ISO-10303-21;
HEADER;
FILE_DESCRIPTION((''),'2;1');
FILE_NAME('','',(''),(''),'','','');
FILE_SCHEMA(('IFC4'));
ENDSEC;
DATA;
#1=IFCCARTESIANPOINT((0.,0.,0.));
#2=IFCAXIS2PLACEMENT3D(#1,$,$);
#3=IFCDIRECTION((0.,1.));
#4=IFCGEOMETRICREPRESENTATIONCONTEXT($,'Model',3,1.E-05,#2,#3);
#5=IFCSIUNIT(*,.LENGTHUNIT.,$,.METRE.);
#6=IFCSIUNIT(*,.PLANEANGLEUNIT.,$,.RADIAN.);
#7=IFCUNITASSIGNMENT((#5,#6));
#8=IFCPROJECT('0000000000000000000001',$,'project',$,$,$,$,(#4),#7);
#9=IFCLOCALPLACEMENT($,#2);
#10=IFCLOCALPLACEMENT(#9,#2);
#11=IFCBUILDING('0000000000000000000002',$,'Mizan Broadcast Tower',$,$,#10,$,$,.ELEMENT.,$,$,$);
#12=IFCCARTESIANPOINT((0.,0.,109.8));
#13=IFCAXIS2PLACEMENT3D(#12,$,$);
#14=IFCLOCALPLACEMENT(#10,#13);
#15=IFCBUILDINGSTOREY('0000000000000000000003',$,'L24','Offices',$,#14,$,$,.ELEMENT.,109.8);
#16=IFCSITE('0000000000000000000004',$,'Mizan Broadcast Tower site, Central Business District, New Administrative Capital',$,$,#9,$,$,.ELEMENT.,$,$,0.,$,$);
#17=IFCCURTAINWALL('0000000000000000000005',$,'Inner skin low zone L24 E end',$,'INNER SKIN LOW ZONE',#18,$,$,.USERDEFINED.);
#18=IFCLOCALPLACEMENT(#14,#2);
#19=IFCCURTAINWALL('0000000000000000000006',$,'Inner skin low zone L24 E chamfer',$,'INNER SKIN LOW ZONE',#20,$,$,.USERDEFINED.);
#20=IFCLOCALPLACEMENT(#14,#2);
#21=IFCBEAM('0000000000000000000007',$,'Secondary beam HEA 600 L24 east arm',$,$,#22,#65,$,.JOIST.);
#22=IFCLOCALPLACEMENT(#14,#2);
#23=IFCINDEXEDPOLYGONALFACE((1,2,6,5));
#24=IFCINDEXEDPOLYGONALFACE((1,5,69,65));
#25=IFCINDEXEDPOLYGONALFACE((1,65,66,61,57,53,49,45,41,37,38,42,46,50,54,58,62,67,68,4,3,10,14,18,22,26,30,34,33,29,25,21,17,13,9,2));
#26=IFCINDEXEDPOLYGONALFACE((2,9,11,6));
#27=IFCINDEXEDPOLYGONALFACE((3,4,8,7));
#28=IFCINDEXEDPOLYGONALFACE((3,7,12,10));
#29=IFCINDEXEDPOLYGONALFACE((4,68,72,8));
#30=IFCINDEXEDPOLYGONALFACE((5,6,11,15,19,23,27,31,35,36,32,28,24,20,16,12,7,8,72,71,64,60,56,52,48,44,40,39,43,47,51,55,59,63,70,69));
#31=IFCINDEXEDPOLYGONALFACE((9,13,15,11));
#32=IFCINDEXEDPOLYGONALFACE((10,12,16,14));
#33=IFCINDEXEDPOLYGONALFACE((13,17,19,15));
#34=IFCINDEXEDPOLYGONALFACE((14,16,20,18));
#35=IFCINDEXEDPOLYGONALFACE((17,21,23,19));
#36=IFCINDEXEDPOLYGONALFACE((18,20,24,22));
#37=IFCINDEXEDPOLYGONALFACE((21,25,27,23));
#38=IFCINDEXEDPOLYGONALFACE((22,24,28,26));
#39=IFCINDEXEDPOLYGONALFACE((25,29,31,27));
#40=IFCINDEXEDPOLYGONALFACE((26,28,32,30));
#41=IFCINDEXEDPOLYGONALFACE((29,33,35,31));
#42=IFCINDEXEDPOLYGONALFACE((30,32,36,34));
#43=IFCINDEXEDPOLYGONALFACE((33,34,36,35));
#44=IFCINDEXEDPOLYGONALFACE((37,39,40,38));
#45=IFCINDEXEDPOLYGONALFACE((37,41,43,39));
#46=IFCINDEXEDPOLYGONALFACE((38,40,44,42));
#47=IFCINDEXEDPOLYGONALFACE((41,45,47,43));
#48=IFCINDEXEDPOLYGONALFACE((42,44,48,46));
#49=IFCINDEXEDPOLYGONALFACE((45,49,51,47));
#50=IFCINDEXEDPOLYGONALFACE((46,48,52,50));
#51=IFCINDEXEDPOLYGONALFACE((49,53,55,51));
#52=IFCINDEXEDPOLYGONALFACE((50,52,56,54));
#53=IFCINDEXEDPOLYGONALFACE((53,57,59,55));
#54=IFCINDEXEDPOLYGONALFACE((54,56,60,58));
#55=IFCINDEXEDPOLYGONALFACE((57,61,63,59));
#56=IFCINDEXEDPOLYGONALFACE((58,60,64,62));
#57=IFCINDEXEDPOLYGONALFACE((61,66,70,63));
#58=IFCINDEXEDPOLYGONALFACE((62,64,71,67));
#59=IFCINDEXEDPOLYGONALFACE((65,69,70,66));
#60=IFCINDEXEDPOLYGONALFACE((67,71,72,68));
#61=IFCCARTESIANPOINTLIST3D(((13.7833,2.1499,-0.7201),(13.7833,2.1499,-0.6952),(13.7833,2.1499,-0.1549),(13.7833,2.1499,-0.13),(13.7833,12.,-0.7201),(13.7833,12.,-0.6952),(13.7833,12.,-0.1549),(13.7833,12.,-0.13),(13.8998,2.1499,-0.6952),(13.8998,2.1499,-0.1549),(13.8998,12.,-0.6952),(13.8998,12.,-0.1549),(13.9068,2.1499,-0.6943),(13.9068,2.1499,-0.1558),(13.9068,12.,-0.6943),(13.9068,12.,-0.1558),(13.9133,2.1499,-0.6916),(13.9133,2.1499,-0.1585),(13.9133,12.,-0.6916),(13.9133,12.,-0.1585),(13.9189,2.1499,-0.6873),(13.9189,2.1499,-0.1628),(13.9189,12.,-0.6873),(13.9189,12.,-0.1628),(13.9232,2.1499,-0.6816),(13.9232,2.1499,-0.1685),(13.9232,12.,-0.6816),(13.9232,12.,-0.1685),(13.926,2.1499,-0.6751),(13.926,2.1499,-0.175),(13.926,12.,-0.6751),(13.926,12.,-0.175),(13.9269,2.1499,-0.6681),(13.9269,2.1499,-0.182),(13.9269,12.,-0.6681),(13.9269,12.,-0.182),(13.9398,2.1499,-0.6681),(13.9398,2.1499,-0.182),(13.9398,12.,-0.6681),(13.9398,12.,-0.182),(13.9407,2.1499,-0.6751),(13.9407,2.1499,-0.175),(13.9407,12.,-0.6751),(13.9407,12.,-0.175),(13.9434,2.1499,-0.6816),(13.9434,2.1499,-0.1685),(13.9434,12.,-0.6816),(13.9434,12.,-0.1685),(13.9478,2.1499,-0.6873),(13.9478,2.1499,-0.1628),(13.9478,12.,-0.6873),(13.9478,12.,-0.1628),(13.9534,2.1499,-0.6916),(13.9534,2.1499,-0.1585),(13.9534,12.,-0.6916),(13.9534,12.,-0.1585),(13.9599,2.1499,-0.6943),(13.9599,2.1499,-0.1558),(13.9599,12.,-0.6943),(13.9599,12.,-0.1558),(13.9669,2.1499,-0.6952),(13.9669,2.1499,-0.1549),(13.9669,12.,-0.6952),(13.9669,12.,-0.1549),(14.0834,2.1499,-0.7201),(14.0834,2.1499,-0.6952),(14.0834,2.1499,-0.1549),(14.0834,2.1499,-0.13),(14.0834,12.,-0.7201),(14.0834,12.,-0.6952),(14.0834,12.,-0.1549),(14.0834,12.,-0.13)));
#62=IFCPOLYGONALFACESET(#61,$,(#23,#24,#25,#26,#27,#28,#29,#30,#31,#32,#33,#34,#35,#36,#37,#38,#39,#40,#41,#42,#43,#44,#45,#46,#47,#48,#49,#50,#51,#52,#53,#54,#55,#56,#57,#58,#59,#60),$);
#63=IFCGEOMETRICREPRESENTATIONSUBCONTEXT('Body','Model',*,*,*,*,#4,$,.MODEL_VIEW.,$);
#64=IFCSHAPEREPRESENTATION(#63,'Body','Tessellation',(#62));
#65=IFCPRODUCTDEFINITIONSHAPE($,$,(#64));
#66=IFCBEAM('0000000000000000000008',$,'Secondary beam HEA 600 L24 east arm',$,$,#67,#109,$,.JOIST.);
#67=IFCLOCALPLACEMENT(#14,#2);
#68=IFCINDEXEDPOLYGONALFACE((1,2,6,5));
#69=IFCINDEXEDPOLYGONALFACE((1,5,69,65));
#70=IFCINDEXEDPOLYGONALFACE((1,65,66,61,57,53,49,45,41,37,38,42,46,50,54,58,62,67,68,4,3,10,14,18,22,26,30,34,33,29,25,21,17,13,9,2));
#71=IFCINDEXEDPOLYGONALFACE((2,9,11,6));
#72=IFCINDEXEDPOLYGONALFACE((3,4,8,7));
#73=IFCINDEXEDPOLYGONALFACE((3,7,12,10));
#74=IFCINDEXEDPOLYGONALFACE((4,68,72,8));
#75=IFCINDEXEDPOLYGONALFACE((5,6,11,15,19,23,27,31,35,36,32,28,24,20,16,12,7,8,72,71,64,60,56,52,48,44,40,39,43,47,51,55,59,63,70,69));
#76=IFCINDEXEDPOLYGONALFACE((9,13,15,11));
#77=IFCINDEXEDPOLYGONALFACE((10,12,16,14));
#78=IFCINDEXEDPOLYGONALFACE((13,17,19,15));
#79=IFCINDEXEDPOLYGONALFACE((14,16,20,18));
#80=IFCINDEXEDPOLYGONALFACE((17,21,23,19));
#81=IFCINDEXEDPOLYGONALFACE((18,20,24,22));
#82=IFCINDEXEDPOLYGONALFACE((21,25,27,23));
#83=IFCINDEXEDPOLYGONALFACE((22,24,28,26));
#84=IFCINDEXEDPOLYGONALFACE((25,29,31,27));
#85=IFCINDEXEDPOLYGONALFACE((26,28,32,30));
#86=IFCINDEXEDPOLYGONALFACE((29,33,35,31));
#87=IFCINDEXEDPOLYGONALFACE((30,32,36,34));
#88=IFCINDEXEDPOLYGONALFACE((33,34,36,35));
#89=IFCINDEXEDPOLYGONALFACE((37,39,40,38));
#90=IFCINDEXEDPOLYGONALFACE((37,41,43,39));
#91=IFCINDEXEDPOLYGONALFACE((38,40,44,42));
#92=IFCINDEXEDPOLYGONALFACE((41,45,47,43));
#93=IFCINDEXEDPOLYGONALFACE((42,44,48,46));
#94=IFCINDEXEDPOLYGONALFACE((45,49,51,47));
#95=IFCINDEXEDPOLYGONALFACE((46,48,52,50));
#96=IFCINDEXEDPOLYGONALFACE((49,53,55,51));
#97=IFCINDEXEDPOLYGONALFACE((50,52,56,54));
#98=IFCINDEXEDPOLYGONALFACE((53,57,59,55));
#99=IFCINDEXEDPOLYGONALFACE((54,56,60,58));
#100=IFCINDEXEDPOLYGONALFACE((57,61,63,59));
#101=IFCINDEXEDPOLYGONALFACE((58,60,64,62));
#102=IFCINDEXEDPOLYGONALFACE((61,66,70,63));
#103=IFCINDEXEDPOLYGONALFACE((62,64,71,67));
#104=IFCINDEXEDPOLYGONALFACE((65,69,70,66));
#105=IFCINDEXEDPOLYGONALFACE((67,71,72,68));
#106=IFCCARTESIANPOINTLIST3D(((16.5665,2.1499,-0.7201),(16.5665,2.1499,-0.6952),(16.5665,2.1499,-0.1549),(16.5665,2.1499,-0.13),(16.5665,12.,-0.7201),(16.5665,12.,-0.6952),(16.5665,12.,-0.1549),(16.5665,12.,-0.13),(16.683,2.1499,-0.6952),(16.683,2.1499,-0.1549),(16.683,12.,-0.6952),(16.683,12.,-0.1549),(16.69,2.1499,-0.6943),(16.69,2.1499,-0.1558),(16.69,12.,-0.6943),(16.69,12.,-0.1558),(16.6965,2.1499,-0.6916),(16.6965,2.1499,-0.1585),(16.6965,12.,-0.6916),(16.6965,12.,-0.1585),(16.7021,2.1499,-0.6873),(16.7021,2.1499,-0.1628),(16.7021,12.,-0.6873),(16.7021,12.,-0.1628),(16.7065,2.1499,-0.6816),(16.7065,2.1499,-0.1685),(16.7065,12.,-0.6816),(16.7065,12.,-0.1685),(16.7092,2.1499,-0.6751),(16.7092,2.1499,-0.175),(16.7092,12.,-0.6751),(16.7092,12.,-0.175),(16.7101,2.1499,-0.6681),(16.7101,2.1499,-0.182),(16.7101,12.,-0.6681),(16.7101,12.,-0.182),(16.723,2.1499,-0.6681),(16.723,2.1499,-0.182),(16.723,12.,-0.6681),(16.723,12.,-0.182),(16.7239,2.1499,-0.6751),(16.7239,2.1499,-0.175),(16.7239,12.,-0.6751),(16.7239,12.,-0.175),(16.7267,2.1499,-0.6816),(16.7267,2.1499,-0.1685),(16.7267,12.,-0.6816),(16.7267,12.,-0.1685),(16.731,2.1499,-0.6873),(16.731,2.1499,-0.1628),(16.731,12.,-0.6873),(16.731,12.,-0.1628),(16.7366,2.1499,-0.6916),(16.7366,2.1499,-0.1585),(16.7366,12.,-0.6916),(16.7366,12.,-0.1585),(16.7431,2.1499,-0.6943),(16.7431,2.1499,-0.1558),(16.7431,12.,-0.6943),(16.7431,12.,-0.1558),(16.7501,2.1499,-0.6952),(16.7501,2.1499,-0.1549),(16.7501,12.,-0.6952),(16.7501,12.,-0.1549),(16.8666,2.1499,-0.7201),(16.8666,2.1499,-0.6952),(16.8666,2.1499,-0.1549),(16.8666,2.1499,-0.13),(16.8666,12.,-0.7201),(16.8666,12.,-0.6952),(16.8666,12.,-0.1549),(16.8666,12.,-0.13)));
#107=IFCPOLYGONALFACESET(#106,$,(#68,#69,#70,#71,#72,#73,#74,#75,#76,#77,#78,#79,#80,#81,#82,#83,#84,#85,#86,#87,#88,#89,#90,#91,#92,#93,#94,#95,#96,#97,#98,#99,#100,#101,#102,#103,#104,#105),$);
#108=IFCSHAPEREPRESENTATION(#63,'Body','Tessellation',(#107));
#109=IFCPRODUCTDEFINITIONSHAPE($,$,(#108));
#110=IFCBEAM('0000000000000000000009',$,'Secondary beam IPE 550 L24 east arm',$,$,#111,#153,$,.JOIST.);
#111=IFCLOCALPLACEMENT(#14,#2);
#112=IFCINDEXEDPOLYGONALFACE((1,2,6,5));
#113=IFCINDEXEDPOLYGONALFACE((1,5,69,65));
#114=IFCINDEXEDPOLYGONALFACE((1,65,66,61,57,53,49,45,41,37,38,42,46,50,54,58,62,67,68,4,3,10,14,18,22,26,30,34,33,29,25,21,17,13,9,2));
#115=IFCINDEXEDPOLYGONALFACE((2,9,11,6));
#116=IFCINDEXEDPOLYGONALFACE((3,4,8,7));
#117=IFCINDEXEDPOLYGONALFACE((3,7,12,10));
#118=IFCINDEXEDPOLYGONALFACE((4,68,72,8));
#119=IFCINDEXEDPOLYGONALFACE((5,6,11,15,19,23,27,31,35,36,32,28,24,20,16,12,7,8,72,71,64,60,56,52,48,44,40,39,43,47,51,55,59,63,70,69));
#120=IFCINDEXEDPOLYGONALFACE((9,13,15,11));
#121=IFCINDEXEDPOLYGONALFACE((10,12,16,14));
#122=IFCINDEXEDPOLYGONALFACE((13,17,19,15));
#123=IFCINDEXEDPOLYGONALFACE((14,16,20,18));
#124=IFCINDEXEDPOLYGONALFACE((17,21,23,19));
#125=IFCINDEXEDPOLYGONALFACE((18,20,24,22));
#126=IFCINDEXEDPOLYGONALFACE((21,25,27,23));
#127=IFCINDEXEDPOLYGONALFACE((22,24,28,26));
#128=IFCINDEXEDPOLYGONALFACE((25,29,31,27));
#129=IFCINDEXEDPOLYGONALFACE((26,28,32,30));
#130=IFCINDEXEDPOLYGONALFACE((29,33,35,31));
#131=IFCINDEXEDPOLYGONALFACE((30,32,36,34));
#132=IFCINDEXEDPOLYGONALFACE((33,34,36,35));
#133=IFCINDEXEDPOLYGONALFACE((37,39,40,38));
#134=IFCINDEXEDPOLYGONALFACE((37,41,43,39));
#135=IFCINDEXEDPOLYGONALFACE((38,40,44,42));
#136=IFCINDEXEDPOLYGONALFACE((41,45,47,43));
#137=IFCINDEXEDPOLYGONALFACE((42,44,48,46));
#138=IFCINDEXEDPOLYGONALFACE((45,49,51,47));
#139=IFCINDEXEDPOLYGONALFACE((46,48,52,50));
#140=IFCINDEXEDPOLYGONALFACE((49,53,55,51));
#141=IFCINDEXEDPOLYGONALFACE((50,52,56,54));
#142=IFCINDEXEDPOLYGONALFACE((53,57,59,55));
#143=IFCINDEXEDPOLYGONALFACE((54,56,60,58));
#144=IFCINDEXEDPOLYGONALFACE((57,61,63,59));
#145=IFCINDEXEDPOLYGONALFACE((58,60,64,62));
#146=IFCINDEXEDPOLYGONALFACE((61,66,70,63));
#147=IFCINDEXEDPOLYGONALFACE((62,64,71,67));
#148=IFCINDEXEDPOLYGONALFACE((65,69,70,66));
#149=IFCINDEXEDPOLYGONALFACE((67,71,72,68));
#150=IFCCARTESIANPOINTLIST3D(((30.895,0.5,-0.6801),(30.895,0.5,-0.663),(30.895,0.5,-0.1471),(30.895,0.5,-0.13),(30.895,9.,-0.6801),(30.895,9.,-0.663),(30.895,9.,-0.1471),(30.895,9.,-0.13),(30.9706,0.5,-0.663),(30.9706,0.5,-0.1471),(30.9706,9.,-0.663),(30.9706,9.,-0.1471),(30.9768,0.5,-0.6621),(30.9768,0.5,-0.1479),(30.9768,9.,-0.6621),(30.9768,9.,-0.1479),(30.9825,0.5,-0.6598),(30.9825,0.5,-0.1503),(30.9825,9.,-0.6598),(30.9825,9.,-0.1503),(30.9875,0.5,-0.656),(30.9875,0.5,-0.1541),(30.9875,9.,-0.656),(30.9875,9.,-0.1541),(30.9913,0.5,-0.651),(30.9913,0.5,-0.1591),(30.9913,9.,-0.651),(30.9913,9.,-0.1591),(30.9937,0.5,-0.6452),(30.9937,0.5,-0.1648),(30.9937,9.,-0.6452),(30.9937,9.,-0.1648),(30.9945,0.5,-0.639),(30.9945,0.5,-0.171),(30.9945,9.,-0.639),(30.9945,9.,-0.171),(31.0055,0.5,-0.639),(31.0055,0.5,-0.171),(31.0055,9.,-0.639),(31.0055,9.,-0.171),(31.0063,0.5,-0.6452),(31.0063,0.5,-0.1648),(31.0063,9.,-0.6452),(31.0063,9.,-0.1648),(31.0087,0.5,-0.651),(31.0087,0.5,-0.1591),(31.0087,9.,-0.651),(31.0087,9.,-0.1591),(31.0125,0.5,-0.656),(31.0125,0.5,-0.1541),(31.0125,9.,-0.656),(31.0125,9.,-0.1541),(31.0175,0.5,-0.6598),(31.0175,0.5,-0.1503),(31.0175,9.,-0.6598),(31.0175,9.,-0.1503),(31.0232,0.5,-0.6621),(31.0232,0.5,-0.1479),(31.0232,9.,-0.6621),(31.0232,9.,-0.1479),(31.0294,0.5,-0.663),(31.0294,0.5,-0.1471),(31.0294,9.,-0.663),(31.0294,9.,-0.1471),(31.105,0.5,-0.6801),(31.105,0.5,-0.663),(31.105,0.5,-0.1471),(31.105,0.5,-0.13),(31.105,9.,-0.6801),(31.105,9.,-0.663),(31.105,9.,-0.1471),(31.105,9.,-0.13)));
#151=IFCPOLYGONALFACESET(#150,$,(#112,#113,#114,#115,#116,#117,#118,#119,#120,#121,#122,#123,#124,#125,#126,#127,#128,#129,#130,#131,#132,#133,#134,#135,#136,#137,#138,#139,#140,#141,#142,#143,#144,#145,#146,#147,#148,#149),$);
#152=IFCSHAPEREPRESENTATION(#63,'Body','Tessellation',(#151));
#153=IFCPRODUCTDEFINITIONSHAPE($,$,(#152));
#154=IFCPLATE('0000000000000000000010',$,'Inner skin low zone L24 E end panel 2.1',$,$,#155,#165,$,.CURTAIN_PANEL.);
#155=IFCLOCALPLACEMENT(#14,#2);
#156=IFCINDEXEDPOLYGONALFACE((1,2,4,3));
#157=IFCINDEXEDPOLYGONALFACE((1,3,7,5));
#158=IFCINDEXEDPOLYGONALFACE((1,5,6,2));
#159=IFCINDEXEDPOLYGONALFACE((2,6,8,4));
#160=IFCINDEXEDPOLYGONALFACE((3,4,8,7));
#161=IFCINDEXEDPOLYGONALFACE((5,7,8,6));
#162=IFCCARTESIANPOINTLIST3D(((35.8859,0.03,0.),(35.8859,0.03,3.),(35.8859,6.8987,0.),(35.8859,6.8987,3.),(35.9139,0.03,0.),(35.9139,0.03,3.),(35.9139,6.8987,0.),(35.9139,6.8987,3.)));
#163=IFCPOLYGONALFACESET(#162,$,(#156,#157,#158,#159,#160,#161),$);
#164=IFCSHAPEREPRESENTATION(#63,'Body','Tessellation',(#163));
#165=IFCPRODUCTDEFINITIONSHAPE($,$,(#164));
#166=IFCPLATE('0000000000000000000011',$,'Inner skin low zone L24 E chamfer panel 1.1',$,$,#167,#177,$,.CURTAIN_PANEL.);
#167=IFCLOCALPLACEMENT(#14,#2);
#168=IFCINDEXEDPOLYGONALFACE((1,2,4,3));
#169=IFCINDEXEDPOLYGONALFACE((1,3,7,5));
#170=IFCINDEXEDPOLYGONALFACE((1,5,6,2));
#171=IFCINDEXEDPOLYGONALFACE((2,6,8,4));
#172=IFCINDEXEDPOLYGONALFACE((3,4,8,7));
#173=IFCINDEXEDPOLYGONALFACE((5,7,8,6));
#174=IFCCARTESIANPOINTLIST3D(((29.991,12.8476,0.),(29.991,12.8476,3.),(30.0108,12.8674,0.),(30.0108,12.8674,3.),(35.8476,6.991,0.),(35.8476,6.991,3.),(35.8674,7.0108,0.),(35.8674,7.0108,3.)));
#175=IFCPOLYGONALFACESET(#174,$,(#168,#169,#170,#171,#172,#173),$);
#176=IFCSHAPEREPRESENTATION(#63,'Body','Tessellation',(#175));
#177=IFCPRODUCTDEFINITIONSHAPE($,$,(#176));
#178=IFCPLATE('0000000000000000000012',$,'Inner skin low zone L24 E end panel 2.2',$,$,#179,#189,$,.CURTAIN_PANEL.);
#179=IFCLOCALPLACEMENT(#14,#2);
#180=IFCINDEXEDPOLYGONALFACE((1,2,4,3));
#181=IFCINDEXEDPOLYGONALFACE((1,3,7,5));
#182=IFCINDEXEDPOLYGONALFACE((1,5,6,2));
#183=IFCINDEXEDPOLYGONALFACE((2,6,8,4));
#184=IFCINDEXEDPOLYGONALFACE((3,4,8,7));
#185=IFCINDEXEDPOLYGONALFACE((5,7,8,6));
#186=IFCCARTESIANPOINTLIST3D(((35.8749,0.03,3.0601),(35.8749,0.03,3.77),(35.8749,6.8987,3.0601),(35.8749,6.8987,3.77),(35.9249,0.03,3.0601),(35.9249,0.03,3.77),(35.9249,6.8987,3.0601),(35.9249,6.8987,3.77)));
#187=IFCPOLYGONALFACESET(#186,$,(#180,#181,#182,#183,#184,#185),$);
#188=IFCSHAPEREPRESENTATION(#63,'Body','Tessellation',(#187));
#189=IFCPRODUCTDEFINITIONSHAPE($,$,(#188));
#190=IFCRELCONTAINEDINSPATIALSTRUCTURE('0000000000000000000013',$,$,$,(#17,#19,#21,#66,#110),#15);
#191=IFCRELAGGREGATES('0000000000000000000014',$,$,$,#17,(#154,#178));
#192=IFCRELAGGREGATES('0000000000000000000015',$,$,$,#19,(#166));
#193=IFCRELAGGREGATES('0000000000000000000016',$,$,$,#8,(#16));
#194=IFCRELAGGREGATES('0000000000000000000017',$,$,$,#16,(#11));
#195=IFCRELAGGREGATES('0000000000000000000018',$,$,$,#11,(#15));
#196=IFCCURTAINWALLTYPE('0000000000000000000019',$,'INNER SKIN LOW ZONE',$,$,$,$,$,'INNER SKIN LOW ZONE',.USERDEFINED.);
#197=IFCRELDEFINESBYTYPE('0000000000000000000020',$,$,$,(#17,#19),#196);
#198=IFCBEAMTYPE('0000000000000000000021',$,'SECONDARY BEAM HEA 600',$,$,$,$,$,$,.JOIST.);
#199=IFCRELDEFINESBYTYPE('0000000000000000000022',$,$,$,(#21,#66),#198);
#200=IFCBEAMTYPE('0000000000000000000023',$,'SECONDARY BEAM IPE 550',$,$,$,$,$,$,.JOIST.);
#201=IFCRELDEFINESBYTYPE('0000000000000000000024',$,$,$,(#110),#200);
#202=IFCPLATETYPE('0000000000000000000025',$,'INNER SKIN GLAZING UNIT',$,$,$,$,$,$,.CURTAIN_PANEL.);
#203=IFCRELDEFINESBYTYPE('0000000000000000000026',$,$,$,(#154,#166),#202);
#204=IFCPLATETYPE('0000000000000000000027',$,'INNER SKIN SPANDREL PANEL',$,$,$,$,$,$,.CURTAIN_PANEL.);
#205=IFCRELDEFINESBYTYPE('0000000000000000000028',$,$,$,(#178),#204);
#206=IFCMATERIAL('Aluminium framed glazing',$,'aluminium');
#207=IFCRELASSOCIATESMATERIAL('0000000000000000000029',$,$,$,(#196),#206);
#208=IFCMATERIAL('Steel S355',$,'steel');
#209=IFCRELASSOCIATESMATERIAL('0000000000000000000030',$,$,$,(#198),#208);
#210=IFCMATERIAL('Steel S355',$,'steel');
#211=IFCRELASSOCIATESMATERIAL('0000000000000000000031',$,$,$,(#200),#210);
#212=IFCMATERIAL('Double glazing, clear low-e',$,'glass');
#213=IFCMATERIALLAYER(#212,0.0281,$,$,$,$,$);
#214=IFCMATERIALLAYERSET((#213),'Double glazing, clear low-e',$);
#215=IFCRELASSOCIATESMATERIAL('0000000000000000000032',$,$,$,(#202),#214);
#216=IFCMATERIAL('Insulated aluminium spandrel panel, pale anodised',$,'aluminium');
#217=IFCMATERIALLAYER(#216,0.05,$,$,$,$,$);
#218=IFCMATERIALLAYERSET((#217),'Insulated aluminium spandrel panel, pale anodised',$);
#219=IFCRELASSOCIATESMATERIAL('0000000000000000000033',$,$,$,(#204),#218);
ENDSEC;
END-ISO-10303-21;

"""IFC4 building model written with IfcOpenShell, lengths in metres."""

from ifc_helpers import new_model, si_unit, direction, frame, origin, origin_2d, place, context, subcontext, project, spatial, rectangle, i_section, extrude, material, layer, layer_set, material_profile, profile_set, type_object, element, aggregate, save


model = new_model("IFC4")

# Units and contexts
model_context = context("Model", 3, precision=1e-05, world=origin(), true_north=direction((0.0, 1.0)))
body_context = subcontext(model_context, "Body", "Model", "MODEL_VIEW")
ifc_project = project(units=[si_unit("LENGTHUNIT", "METRE"), si_unit("PLANEANGLEUNIT", "RADIAN")], contexts=[model_context])

# Site, building, storey
site_placement = place(None, origin())
site = spatial("IfcSite", under=ifc_project, at=site_placement, Name="Mizan Broadcast Tower site, Central Business District, New Administrative Capital", CompositionType="ELEMENT", RefElevation=0.0)
building_placement = place(site_placement, origin())
building = spatial("IfcBuilding", under=site, at=building_placement, Name="Mizan Broadcast Tower", CompositionType="ELEMENT")
storey_placement = place(building_placement, frame((0.0, 0.0, 109.8)))
storey = spatial("IfcBuildingStorey", under=building, at=storey_placement, Name="L24", Description="Offices", CompositionType="ELEMENT", Elevation=109.8)

# Curtain wall
ifc_material_1 = material(Name="Aluminium framed glazing", Category="aluminium")
curtain_wall_type_1 = type_object("IfcCurtainWallType", Name="INNER SKIN LOW ZONE", ElementType="INNER SKIN LOW ZONE", PredefinedType="USERDEFINED", material=ifc_material_1)
curtain_wall_1_placement = place(storey_placement, origin())
curtain_wall_1 = element("IfcCurtainWall", 1, at=curtain_wall_1_placement, inside=storey, type_object=curtain_wall_type_1, Name="Inner skin low zone L24 E end", ObjectType="INNER SKIN LOW ZONE", PredefinedType="USERDEFINED")

# Curtain wall
curtain_wall_2_placement = place(storey_placement, origin())
curtain_wall_2 = element("IfcCurtainWall", 2, at=curtain_wall_2_placement, inside=storey, type_object=curtain_wall_type_1, Name="Inner skin low zone L24 E chamfer", ObjectType="INNER SKIN LOW ZONE", PredefinedType="USERDEFINED")

# Beams
ifc_material_2 = material(Name="Steel S355", Category="steel")
ifc_material_profile_1 = material_profile(ifc_material_2, i_section(OverallWidth=0.3, OverallDepth=0.5901, WebThickness=0.0129, FlangeThickness=0.0249, FilletRadius=0.0271, at=origin_2d()), Name="HEA 600")
ifc_profile_set_1 = profile_set([ifc_material_profile_1], Name="Steel S355")
beam_type_1 = type_object("IfcBeamType", Name="SECONDARY BEAM HEA 600", PredefinedType="JOIST", material=ifc_profile_set_1)
for number, where, z_axis, x_axis, name in (
    (3, (13.9333, 12.0, -0.425), (0.0, -1.0, 0.0), (1.0, 0.0, 0.0), "Secondary beam HEA 600 L24 east arm"),
    (4, (16.7166, 12.0, -0.425), (0.0, -1.0, 0.0), (1.0, 0.0, 0.0), "Secondary beam HEA 600 L24 east arm"),
):
    element("IfcBeam", number, at=place(storey_placement, frame(where, z_axis=z_axis, x_axis=x_axis)), inside=storey, type_object=beam_type_1, Name=name, PredefinedType="JOIST", context=body_context, shape_type="SweptSolid", body=[
        extrude(i_section(OverallWidth=0.3, OverallDepth=0.5901, WebThickness=0.0129, FlangeThickness=0.0249, FilletRadius=0.0271, at=origin_2d()), origin(), (0.0, 0.0, 1.0), 9.8501),
    ])
ifc_material_3 = material(Name="Steel S355", Category="steel")
ifc_material_profile_2 = material_profile(ifc_material_3, i_section(OverallWidth=0.21, OverallDepth=0.55, WebThickness=0.011, FlangeThickness=0.0171, FilletRadius=0.0239, at=origin_2d()), Name="IPE 550")
ifc_profile_set_2 = profile_set([ifc_material_profile_2], Name="Steel S355")
beam_type_2 = type_object("IfcBeamType", Name="SECONDARY BEAM IPE 550", PredefinedType="JOIST", material=ifc_profile_set_2)
beam_1_placement = place(storey_placement, frame((31.0, 9.0, -0.405), z_axis=(0.0, -1.0, 0.0), x_axis=(1.0, 0.0, 0.0)))
element("IfcBeam", 5, at=beam_1_placement, inside=storey, type_object=beam_type_2, Name="Secondary beam IPE 550 L24 east arm", PredefinedType="JOIST", context=body_context, shape_type="SweptSolid", body=[
    extrude(i_section(OverallWidth=0.21, OverallDepth=0.55, WebThickness=0.011, FlangeThickness=0.0171, FilletRadius=0.0239, at=origin_2d()), origin(), (0.0, 0.0, 1.0), 8.5),
])

# Plates
ifc_material_4 = material(Name="Double glazing, clear low-e", Category="glass")
ifc_layer_1 = layer(ifc_material_4, 0.0281)
ifc_layer_set_1 = layer_set([ifc_layer_1], Name="Double glazing, clear low-e")
plate_type_1 = type_object("IfcPlateType", Name="INNER SKIN GLAZING UNIT", PredefinedType="CURTAIN_PANEL", material=ifc_layer_set_1)
plate_1_placement = place(storey_placement, frame((35.8999, 3.4644, 0.0), z_axis=(0.0, 0.0, 1.0), x_axis=(0.0, 1.0, 0.0)))
plate_1 = element("IfcPlate", 6, at=plate_1_placement, type_object=plate_type_1, Name="Inner skin low zone L24 E end panel 2.1", PredefinedType="CURTAIN_PANEL", context=body_context, shape_type="SweptSolid", body=[
    extrude(rectangle(XDim=6.8687, YDim=0.0281, at=origin_2d()), origin(), (0.0, 0.0, 1.0), 3.0),
])
plate_2_placement = place(storey_placement, frame((32.9292, 9.9292, 0.0), z_axis=(0.0, 0.0, 1.0), x_axis=(-0.707107, 0.707107, 0.0)))
plate_2 = element("IfcPlate", 7, at=plate_2_placement, type_object=plate_type_1, Name="Inner skin low zone L24 E chamfer panel 1.1", PredefinedType="CURTAIN_PANEL", context=body_context, shape_type="SweptSolid", body=[
    extrude(rectangle(XDim=8.2825, YDim=0.0281, at=origin_2d()), origin(), (0.0, 0.0, 1.0), 3.0),
])
ifc_material_5 = material(Name="Insulated aluminium spandrel panel, pale anodised", Category="aluminium")
ifc_layer_2 = layer(ifc_material_5, 0.05)
ifc_layer_set_2 = layer_set([ifc_layer_2], Name="Insulated aluminium spandrel panel, pale anodised")
plate_type_2 = type_object("IfcPlateType", Name="INNER SKIN SPANDREL PANEL", PredefinedType="CURTAIN_PANEL", material=ifc_layer_set_2)
plate_3_placement = place(storey_placement, frame((35.8999, 3.4644, 3.0601), z_axis=(0.0, 0.0, 1.0), x_axis=(0.0, 1.0, 0.0)))
plate_3 = element("IfcPlate", 8, at=plate_3_placement, type_object=plate_type_2, Name="Inner skin low zone L24 E end panel 2.2", PredefinedType="CURTAIN_PANEL", context=body_context, shape_type="SweptSolid", body=[
    extrude(rectangle(XDim=6.8687, YDim=0.05, at=origin_2d()), origin(), (0.0, 0.0, 1.0), 0.71),
])
aggregate(curtain_wall_1, [plate_1, plate_3])
aggregate(curtain_wall_2, [plate_2])

save(model, "model.ifc")
